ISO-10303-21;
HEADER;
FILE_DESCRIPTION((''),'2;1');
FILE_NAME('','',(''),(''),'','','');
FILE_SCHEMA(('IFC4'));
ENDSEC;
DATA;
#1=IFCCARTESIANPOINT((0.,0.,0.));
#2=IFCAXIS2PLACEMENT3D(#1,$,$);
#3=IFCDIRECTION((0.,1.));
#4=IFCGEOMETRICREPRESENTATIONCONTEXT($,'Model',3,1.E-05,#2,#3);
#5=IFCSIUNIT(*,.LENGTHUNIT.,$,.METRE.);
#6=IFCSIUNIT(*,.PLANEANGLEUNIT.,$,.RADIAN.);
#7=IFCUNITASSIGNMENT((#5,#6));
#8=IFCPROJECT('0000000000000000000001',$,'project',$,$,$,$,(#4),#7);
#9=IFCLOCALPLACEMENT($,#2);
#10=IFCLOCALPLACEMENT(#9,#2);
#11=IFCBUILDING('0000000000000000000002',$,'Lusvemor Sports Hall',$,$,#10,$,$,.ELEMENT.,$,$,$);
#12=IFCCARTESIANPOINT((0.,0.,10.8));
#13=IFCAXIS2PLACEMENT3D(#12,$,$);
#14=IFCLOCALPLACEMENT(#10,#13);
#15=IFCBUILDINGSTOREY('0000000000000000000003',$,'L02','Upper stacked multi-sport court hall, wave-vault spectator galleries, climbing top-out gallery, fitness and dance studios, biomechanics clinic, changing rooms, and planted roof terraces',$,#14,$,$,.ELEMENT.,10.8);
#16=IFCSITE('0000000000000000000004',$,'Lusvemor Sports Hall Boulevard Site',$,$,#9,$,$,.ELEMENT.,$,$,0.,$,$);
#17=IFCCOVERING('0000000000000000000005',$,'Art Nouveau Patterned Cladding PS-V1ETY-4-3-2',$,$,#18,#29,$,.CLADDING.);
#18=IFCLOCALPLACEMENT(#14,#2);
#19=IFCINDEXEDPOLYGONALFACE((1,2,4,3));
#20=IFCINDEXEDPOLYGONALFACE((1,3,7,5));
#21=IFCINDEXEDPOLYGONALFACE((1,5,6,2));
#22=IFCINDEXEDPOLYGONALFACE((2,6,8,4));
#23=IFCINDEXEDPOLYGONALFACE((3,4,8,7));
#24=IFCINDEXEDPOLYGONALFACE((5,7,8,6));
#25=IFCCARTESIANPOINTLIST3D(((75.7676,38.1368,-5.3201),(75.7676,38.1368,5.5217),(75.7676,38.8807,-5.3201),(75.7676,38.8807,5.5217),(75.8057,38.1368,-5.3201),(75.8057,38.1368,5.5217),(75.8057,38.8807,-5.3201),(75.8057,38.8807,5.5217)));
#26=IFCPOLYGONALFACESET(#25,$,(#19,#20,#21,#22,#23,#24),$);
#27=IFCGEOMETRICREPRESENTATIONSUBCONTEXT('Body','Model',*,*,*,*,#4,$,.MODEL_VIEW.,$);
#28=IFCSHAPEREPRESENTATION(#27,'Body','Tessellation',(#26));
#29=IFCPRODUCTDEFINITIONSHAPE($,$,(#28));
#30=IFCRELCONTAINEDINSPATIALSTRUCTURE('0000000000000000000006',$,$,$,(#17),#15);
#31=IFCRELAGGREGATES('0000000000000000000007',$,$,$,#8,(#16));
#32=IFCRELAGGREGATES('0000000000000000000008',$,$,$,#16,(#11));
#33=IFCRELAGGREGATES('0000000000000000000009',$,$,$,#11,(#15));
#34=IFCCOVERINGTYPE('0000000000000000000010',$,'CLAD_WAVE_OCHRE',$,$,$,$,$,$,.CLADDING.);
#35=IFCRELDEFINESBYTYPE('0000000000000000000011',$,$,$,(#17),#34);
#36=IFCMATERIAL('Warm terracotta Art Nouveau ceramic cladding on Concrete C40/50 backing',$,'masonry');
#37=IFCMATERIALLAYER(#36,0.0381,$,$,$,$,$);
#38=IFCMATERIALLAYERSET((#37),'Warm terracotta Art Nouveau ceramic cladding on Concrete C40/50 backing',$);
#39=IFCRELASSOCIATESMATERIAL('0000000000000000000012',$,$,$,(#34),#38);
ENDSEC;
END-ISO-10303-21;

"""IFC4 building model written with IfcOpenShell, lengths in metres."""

from ifc_helpers import new_model, si_unit, direction, frame, origin, origin_2d, place, context, subcontext, project, spatial, rectangle, extrude, material, layer, layer_set, type_object, element, save


model = new_model("IFC4")

# Units and contexts
model_context = context("Model", 3, precision=1e-05, world=origin(), true_north=direction((0.0, 1.0)))
body_context = subcontext(model_context, "Body", "Model", "MODEL_VIEW")
ifc_project = project(units=[si_unit("LENGTHUNIT", "METRE"), si_unit("PLANEANGLEUNIT", "RADIAN")], contexts=[model_context])

# Site, building, storey
site_placement = place(None, origin())
site = spatial("IfcSite", under=ifc_project, at=site_placement, Name="Lusvemor Sports Hall Boulevard Site", CompositionType="ELEMENT", RefElevation=0.0)
building_placement = place(site_placement, origin())
building = spatial("IfcBuilding", under=site, at=building_placement, Name="Lusvemor Sports Hall", CompositionType="ELEMENT")
storey_placement = place(building_placement, frame((0.0, 0.0, 10.8)))
storey = spatial("IfcBuildingStorey", under=building, at=storey_placement, Name="L02", Description="Upper stacked multi-sport court hall, wave-vault spectator galleries, climbing top-out gallery, fitness and dance studios, biomechanics clinic, changing rooms, and planted roof terraces", CompositionType="ELEMENT", Elevation=10.8)

# Covering
ifc_material_1 = material(Name="Warm terracotta Art Nouveau ceramic cladding on Concrete C40/50 backing", Category="masonry")
ifc_layer_1 = layer(ifc_material_1, 0.0381)
ifc_layer_set_1 = layer_set([ifc_layer_1], Name="Warm terracotta Art Nouveau ceramic cladding on Concrete C40/50 backing")
covering_type_1 = type_object("IfcCoveringType", Name="CLAD_WAVE_OCHRE", PredefinedType="CLADDING", material=ifc_layer_set_1)
covering_1_placement = place(storey_placement, frame((75.7866, 38.5088, -5.3201), z_axis=(0.0, 0.0, 1.0), x_axis=(1.0, 0.0, 0.0)))
element("IfcCovering", 1, at=covering_1_placement, inside=storey, type_object=covering_type_1, Name="Art Nouveau Patterned Cladding PS-V1ETY-4-3-2", PredefinedType="CLADDING", context=body_context, shape_type="SweptSolid", body=[
    extrude(rectangle(XDim=0.0381, YDim=0.7439, at=origin_2d()), origin(), (0.0, 0.0, 1.0), 10.8418),
])

save(model, "model.ifc")
